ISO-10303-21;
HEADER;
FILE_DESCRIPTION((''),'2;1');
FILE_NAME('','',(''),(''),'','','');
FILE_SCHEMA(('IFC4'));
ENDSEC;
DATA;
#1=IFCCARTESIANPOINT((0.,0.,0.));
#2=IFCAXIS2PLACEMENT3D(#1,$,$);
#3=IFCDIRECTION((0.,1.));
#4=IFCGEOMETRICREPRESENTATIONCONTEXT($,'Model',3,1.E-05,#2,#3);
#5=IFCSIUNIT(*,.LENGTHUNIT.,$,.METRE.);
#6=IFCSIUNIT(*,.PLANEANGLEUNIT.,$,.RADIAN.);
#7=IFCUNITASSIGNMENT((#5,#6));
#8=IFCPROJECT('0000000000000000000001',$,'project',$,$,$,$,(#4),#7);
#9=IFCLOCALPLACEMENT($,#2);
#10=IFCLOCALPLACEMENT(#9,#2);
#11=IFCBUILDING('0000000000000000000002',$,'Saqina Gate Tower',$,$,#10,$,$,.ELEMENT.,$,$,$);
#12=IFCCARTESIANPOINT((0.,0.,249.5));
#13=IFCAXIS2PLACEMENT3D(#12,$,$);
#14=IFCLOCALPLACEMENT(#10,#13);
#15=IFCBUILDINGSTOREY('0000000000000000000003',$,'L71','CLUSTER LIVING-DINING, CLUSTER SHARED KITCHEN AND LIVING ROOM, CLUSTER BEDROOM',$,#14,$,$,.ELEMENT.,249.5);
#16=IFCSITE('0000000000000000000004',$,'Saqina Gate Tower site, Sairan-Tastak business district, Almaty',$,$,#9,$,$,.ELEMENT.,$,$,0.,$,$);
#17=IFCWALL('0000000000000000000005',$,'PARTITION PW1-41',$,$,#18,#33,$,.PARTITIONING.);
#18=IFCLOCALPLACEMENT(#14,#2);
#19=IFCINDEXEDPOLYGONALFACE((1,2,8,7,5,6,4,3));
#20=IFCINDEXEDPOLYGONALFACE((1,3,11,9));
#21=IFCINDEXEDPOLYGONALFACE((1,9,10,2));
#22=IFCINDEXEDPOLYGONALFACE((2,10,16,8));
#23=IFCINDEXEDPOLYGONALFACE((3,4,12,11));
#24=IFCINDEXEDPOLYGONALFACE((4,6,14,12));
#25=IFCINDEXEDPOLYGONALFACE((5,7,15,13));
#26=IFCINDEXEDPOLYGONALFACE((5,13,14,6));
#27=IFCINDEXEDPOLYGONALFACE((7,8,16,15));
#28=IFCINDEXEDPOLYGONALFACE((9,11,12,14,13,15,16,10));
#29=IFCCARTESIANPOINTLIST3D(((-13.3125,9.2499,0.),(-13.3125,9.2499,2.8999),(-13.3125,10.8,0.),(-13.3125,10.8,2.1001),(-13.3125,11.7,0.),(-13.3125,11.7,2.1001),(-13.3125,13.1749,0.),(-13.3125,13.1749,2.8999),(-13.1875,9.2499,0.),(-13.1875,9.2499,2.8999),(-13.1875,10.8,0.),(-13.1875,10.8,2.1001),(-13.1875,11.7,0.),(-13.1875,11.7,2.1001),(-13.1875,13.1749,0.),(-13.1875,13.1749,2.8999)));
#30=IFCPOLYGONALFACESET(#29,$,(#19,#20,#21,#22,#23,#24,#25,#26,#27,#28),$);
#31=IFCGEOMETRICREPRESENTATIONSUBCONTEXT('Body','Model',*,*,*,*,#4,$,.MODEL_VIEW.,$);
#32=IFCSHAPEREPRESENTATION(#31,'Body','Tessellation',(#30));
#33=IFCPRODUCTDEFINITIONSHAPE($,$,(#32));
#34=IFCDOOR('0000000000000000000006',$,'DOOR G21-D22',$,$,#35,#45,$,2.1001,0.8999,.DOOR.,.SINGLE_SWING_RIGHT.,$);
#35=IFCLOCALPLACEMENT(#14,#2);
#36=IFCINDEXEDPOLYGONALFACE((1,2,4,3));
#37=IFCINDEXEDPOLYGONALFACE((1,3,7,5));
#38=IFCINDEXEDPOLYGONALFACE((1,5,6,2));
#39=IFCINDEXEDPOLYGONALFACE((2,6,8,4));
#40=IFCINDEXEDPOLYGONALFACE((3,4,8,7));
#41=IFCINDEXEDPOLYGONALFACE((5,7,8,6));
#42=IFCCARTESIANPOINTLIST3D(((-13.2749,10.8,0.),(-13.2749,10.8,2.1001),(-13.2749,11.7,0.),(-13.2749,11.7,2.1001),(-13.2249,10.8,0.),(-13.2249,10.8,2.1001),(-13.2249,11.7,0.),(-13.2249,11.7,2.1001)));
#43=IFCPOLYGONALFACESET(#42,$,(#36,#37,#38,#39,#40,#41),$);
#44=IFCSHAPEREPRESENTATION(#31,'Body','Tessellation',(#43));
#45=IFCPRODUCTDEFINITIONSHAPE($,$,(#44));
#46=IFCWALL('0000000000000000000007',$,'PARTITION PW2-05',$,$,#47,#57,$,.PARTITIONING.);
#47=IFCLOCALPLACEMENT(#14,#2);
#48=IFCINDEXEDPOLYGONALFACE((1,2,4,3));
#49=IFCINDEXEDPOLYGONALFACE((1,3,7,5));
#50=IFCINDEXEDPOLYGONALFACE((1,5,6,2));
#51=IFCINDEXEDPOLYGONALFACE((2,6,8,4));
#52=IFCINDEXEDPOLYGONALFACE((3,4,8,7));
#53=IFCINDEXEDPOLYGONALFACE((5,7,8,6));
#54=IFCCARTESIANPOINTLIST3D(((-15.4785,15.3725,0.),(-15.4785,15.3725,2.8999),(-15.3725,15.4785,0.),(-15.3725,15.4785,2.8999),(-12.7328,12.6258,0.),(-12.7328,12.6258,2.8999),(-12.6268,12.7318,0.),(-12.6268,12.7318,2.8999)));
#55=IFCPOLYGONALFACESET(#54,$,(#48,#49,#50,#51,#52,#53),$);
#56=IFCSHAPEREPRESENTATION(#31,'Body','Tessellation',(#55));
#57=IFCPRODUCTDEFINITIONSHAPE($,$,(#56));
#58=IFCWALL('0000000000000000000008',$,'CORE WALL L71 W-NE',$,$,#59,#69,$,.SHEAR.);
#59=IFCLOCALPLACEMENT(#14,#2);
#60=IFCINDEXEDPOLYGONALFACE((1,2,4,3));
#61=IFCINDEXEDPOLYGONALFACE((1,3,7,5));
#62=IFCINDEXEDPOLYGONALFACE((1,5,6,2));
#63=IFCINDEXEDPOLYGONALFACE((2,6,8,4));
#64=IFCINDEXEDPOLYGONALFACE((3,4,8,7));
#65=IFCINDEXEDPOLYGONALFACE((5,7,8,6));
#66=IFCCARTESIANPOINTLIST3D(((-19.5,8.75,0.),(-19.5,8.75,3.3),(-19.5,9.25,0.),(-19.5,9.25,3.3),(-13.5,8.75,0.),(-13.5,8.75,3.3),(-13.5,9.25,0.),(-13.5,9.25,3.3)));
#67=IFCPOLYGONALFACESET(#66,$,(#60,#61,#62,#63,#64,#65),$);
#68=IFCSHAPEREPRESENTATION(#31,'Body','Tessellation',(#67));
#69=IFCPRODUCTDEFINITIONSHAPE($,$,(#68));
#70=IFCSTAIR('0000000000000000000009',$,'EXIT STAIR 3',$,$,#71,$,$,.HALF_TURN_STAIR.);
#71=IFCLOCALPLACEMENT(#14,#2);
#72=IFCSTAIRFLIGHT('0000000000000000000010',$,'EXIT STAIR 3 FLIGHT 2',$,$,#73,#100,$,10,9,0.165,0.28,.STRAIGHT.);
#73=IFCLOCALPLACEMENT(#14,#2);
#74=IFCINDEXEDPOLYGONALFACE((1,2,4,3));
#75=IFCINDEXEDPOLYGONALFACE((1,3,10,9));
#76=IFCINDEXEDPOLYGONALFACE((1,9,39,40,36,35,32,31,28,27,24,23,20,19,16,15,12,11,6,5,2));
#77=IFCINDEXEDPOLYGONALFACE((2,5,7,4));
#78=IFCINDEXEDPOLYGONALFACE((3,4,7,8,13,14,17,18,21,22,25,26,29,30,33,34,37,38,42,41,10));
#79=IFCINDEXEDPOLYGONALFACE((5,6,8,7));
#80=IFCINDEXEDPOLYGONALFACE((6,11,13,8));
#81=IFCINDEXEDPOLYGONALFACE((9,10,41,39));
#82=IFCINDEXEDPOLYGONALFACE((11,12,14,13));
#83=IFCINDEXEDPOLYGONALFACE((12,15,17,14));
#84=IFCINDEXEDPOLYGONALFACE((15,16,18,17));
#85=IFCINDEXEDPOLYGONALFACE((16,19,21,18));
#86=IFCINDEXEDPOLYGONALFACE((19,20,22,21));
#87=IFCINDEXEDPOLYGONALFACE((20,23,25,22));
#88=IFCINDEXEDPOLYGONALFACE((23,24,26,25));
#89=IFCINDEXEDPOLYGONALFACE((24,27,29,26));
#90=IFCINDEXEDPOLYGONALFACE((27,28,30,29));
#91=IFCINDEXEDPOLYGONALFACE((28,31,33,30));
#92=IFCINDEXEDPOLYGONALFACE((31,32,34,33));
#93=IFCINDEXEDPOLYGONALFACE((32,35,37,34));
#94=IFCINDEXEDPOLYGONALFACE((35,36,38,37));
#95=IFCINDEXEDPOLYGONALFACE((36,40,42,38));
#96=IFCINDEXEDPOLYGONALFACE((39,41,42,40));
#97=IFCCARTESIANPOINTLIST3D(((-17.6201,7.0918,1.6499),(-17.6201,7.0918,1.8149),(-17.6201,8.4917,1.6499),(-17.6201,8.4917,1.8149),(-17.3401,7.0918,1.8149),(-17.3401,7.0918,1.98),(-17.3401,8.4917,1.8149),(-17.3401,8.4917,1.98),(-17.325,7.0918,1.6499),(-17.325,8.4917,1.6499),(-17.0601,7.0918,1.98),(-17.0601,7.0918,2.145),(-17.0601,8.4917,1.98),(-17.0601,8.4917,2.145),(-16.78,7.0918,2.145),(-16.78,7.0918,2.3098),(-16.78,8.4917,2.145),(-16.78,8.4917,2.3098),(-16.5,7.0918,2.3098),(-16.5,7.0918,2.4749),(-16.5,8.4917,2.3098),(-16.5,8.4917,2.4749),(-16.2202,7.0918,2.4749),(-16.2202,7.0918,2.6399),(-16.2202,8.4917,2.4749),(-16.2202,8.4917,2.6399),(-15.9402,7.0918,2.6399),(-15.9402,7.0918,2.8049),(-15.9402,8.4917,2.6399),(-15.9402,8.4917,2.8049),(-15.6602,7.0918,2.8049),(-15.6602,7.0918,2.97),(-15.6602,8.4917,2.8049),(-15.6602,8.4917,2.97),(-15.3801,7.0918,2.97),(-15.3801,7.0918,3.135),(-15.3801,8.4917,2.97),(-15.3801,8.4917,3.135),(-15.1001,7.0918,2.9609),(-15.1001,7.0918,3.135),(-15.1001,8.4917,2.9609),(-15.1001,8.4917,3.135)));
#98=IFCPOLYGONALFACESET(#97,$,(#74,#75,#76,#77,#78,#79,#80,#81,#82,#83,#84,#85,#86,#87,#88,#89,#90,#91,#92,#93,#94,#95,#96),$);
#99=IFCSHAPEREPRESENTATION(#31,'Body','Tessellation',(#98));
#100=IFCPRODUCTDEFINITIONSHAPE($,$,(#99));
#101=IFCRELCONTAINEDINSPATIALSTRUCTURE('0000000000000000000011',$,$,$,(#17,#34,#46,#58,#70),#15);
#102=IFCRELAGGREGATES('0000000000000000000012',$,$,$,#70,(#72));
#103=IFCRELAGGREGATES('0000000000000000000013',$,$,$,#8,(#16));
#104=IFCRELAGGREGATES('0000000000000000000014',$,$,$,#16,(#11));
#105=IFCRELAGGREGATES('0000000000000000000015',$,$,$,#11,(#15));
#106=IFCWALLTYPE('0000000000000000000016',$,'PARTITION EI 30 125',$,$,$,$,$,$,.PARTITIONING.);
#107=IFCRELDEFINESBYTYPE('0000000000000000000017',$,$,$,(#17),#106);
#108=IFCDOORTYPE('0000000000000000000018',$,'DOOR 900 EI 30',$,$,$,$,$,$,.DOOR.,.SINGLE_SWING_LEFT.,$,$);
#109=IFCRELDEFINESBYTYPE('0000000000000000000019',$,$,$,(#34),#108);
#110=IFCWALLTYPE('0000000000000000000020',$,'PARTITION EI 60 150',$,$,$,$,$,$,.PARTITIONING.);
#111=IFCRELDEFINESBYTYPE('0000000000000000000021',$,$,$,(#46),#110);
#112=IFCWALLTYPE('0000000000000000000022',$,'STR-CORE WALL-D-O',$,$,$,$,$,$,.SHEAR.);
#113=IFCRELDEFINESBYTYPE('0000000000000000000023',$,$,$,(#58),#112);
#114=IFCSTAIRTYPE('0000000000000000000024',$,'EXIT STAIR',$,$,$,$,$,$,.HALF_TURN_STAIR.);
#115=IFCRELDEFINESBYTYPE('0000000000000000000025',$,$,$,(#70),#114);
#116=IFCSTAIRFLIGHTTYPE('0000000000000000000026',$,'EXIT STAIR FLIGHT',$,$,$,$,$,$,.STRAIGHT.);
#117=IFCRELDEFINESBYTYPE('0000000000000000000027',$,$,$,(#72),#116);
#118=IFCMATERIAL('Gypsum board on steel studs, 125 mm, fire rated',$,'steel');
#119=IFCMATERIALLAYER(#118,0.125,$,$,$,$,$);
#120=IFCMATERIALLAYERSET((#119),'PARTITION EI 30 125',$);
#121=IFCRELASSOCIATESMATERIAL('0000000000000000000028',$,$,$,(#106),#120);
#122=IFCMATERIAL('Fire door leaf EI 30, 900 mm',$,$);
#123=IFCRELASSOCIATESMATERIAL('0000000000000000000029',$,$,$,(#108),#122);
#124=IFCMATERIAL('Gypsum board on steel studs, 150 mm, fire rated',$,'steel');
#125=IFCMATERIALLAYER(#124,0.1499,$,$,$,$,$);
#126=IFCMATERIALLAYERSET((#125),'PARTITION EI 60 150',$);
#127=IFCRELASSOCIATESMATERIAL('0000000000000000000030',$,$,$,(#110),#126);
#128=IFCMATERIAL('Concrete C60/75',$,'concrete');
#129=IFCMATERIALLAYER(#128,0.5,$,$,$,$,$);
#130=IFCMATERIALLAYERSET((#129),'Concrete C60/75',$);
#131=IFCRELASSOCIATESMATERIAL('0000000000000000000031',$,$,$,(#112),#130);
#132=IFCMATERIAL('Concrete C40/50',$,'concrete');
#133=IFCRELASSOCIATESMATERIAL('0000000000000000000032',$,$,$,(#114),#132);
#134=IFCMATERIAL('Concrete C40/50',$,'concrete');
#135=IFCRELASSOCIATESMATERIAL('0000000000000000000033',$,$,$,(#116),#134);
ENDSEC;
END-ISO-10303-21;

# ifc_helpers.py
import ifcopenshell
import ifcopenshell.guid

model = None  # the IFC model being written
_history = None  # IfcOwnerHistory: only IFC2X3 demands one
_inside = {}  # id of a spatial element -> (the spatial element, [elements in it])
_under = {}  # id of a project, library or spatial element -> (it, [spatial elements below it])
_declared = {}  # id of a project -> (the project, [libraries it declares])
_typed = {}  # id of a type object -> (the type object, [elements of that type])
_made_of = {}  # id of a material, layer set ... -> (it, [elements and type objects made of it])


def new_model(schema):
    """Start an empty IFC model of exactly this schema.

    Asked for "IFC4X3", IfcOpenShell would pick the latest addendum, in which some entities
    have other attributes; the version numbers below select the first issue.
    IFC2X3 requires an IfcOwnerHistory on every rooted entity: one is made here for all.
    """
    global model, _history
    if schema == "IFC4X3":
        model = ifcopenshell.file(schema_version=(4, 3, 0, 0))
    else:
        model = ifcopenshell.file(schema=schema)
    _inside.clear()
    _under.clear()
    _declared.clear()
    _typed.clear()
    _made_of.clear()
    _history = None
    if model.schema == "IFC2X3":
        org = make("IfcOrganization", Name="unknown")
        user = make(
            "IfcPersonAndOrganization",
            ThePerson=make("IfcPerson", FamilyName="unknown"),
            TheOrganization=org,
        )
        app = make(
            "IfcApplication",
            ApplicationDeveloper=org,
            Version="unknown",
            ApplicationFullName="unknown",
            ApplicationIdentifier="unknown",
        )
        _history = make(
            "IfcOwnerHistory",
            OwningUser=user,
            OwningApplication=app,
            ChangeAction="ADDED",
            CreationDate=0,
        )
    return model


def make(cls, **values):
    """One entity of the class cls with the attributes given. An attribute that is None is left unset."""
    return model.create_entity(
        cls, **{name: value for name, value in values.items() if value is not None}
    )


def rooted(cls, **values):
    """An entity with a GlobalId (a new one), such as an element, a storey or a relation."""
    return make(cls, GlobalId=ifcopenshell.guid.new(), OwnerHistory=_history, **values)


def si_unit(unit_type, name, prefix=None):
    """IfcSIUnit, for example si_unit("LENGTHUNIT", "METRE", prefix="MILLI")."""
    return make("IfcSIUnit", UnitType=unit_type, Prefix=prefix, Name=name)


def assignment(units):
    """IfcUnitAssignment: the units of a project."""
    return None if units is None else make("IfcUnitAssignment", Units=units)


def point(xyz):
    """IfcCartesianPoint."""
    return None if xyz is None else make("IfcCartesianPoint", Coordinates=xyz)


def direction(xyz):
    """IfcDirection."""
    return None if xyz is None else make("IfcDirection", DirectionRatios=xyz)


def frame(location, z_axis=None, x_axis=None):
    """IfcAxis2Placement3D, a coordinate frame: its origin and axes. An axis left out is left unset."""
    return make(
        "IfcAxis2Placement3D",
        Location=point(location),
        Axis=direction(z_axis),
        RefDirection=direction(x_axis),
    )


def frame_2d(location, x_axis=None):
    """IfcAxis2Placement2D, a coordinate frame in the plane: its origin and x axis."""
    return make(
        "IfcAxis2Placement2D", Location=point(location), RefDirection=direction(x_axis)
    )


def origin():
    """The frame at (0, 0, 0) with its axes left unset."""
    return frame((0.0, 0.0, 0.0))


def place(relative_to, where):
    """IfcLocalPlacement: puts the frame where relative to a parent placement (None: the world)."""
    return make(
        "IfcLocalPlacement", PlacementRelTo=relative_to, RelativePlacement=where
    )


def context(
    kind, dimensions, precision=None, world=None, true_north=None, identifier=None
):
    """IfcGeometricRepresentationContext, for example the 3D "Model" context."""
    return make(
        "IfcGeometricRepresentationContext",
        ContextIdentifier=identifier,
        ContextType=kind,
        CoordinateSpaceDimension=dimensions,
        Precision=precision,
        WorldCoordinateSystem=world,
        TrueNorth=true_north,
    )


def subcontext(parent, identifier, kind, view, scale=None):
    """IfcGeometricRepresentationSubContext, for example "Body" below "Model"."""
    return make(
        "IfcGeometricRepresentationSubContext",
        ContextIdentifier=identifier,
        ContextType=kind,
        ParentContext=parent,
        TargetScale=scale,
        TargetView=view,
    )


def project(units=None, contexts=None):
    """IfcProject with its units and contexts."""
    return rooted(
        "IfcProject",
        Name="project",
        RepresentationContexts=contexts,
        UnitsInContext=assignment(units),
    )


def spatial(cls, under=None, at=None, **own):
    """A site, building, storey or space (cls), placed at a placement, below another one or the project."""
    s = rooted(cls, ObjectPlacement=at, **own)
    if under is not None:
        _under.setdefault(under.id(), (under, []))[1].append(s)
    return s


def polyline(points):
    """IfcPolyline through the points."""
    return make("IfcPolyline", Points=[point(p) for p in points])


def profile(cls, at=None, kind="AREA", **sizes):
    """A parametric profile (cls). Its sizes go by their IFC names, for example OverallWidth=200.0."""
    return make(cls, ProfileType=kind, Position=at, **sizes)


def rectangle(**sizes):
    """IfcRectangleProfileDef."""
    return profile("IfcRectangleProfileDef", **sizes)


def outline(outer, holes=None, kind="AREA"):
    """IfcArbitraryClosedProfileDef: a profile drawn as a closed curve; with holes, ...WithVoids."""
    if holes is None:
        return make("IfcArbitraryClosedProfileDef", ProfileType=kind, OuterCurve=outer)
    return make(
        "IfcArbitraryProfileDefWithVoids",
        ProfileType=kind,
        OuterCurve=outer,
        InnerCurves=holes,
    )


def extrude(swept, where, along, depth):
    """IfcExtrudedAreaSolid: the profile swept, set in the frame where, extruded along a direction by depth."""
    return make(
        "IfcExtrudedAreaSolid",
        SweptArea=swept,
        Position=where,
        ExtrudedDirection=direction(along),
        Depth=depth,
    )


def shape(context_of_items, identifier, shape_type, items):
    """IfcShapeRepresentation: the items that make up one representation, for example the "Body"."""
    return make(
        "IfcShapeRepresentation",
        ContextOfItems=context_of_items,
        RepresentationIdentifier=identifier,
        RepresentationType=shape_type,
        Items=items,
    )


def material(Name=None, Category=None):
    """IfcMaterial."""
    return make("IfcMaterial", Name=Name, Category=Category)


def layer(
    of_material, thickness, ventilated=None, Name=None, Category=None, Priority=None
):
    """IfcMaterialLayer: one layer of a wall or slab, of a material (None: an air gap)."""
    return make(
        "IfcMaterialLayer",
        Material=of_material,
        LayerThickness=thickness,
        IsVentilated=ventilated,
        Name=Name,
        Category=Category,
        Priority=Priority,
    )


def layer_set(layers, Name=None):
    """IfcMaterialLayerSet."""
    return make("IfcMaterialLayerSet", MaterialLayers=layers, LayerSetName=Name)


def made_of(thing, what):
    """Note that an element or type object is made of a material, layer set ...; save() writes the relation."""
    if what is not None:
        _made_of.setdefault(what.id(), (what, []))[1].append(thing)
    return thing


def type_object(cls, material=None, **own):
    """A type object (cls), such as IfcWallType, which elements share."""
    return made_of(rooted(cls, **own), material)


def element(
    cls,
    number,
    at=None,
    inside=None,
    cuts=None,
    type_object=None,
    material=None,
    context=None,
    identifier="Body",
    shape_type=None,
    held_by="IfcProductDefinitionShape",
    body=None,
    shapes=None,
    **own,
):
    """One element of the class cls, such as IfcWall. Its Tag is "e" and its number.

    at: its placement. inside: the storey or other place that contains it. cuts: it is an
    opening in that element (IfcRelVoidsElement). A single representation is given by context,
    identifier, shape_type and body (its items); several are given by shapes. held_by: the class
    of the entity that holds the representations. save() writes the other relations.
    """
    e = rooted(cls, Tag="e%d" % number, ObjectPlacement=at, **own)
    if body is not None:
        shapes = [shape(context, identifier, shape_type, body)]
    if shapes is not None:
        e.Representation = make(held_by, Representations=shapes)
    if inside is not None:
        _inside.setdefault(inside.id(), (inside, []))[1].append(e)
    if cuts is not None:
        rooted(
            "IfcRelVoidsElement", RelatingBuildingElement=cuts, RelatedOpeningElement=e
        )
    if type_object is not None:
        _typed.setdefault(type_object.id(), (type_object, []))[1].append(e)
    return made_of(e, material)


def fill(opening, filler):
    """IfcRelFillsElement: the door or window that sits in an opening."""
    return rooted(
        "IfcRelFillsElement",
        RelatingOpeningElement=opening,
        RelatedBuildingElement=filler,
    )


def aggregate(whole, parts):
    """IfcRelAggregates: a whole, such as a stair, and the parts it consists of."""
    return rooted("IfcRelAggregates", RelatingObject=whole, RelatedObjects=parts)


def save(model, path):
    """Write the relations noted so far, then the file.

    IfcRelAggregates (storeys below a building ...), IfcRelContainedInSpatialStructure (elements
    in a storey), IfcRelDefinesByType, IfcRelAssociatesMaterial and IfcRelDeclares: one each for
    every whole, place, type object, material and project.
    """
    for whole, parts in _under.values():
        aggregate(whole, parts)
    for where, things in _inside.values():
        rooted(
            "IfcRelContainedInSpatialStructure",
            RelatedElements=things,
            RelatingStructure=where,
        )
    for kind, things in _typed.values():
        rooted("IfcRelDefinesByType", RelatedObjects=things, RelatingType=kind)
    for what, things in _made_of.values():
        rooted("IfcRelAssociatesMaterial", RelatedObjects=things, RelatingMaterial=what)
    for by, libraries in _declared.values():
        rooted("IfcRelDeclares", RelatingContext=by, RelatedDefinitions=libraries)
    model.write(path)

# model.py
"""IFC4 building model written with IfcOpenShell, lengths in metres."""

from ifc_helpers import new_model, si_unit, direction, frame, frame_2d, origin, place, context, subcontext, project, spatial, polyline, rectangle, outline, extrude, material, layer, layer_set, type_object, element, fill, aggregate, save


model = new_model("IFC4")

# Units and contexts
model_context = context("Model", 3, precision=1e-05, world=origin(), true_north=direction((0.0, 1.0)))
body_context = subcontext(model_context, "Body", "Model", "MODEL_VIEW")
ifc_project = project(units=[si_unit("LENGTHUNIT", "METRE"), si_unit("PLANEANGLEUNIT", "RADIAN")], contexts=[model_context])

# Site, building, storey
site_placement = place(None, origin())
site = spatial("IfcSite", under=ifc_project, at=site_placement, Name="Saqina Gate Tower site, Sairan-Tastak business district, Almaty", CompositionType="ELEMENT", RefElevation=0.0)
building_placement = place(site_placement, origin())
building = spatial("IfcBuilding", under=site, at=building_placement, Name="Saqina Gate Tower", CompositionType="ELEMENT")
storey_placement = place(building_placement, frame((0.0, 0.0, 249.5)))
storey = spatial("IfcBuildingStorey", under=building, at=storey_placement, Name="L71", Description="CLUSTER LIVING-DINING, CLUSTER SHARED KITCHEN AND LIVING ROOM, CLUSTER BEDROOM", CompositionType="ELEMENT", Elevation=249.5)

# Shared definitions
ifc_material_1 = material(Name="Gypsum board on steel studs, 125 mm, fire rated", Category="steel")
ifc_layer_1 = layer(ifc_material_1, 0.125)
ifc_layer_set_1 = layer_set([ifc_layer_1], Name="PARTITION EI 30 125")
wall_type_1 = type_object("IfcWallType", Name="PARTITION EI 30 125", PredefinedType="PARTITIONING", material=ifc_layer_set_1)

# Wall, opening, door
wall_1_placement = place(storey_placement, frame((-13.25, 9.25, 0.0), z_axis=(0.0, 0.0, 1.0), x_axis=(0.0, 1.0, 0.0)))
wall_1 = element("IfcWall", 1, at=wall_1_placement, inside=storey, type_object=wall_type_1, Name="PARTITION PW1-41", PredefinedType="PARTITIONING", context=body_context, shape_type="SweptSolid", body=[
    extrude(rectangle(XDim=3.925, YDim=0.125, at=frame_2d((1.9624, 0.0))), origin(), (0.0, 0.0, 1.0), 2.8999),
])
opening_1_placement = place(wall_1_placement, frame((1.55, 0.0, 0.0)))
opening_1 = element("IfcOpeningElement", 2, at=opening_1_placement, cuts=wall_1, PredefinedType="OPENING", context=body_context, shape_type="SweptSolid", body=[
    extrude(rectangle(XDim=0.8999, YDim=2.1001, at=frame_2d((0.45, 1.05))), frame((0.0, 0.0745, 0.0), z_axis=(0.0, -1.0, 0.0), x_axis=(1.0, 0.0, 0.0)), (0.0, 0.0, 1.0), 0.1489),
])
ifc_material_2 = material(Name="Fire door leaf EI 30, 900 mm")
door_type_1 = type_object("IfcDoorType", Name="DOOR 900 EI 30", OperationType="SINGLE_SWING_LEFT", PredefinedType="DOOR", material=ifc_material_2)
door_1_placement = place(opening_1_placement, origin())
door_1 = element("IfcDoor", 3, at=door_1_placement, inside=storey, type_object=door_type_1, Name="DOOR G21-D22", OperationType="SINGLE_SWING_RIGHT", OverallHeight=2.1001, OverallWidth=0.8999, PredefinedType="DOOR", context=body_context, shape_type="SweptSolid", body=[
    extrude(rectangle(XDim=0.8999, YDim=2.1001, at=frame_2d((0.45, 1.05))), frame((0.0, 0.0249, 0.0), z_axis=(0.0, -1.0, 0.0), x_axis=(1.0, 0.0, 0.0)), (0.0, 0.0, 1.0), 0.05),
])
fill(opening_1, door_1)

# Walls
ifc_material_3 = material(Name="Gypsum board on steel studs, 150 mm, fire rated", Category="steel")
ifc_layer_2 = layer(ifc_material_3, 0.1499)
ifc_layer_set_2 = layer_set([ifc_layer_2], Name="PARTITION EI 60 150")
wall_type_2 = type_object("IfcWallType", Name="PARTITION EI 60 150", PredefinedType="PARTITIONING", material=ifc_layer_set_2)
wall_2_placement = place(storey_placement, frame((-15.4255, 15.4255, 0.0), z_axis=(0.0, 0.0, 1.0), x_axis=(0.706981, -0.707232, 0.0)))
element("IfcWall", 4, at=wall_2_placement, inside=storey, type_object=wall_type_2, Name="PARTITION PW2-05", PredefinedType="PARTITIONING", context=body_context, shape_type="SweptSolid", body=[
    extrude(rectangle(XDim=3.8838, YDim=0.1499, at=frame_2d((1.9419, 0.0))), origin(), (0.0, 0.0, 1.0), 2.8999),
])
ifc_material_4 = material(Name="Concrete C60/75", Category="concrete")
ifc_layer_3 = layer(ifc_material_4, 0.5)
ifc_layer_set_3 = layer_set([ifc_layer_3], Name="Concrete C60/75")
wall_type_3 = type_object("IfcWallType", Name="STR-CORE WALL-D-O", PredefinedType="SHEAR", material=ifc_layer_set_3)
wall_3_placement = place(storey_placement, frame((-13.5, 9.0, 0.0), z_axis=(0.0, 0.0, 1.0), x_axis=(-1.0, 0.0, 0.0)))
element("IfcWall", 5, at=wall_3_placement, inside=storey, type_object=wall_type_3, Name="CORE WALL L71 W-NE", PredefinedType="SHEAR", context=body_context, shape_type="SweptSolid", body=[
    extrude(rectangle(XDim=6.0, YDim=0.5, at=frame_2d((3.0, 0.0))), origin(), (0.0, 0.0, 1.0), 3.3),
])

# Stair, stair flight
ifc_material_5 = material(Name="Concrete C40/50", Category="concrete")
stair_type = type_object("IfcStairType", Name="EXIT STAIR", PredefinedType="HALF_TURN_STAIR", material=ifc_material_5)
stair_placement = place(storey_placement, origin())
stair = element("IfcStair", 6, at=stair_placement, inside=storey, type_object=stair_type, Name="EXIT STAIR 3", PredefinedType="HALF_TURN_STAIR")
ifc_material_6 = material(Name="Concrete C40/50", Category="concrete")
stair_flight_type = type_object("IfcStairFlightType", Name="EXIT STAIR FLIGHT", PredefinedType="STRAIGHT", material=ifc_material_6)
stair_flight_placement = place(storey_placement, frame((-17.6201, 7.7917, 1.6499), z_axis=(0.0, 0.0, 1.0), x_axis=(1.0, 0.0, 0.0)))
stair_flight = element("IfcStairFlight", 7, at=stair_flight_placement, type_object=stair_flight_type, Name="EXIT STAIR 3 FLIGHT 2", NumberOfRisers=10, NumberOfTreads=9, PredefinedType="STRAIGHT", RiserHeight=0.165, TreadLength=0.28, context=body_context, shape_type="SweptSolid", body=[
    extrude(outline(polyline([(0.0, 0.0), (0.0, 0.165), (0.28, 0.165), (0.28, 0.3301), (0.5601, 0.3301), (0.5601, 0.4951), (0.8401, 0.4951), (0.8401, 0.6599), (1.1201, 0.6599), (1.1201, 0.825), (1.3999, 0.825), (1.3999, 0.99), (1.6799, 0.99), (1.6799, 1.155), (1.96, 1.155), (1.96, 1.3201), (2.24, 1.3201), (2.24, 1.4851), (2.52, 1.4851), (2.52, 1.6499), (2.52, 1.311), (0.2952, 0.0), (0.0, 0.0)])), frame((0.0, 0.7, 0.0), z_axis=(0.0, -1.0, 0.0), x_axis=(1.0, 0.0, 0.0)), (0.0, 0.0, 1.0), 1.3999),
])
aggregate(stair, [stair_flight])

save(model, "model.ifc")
